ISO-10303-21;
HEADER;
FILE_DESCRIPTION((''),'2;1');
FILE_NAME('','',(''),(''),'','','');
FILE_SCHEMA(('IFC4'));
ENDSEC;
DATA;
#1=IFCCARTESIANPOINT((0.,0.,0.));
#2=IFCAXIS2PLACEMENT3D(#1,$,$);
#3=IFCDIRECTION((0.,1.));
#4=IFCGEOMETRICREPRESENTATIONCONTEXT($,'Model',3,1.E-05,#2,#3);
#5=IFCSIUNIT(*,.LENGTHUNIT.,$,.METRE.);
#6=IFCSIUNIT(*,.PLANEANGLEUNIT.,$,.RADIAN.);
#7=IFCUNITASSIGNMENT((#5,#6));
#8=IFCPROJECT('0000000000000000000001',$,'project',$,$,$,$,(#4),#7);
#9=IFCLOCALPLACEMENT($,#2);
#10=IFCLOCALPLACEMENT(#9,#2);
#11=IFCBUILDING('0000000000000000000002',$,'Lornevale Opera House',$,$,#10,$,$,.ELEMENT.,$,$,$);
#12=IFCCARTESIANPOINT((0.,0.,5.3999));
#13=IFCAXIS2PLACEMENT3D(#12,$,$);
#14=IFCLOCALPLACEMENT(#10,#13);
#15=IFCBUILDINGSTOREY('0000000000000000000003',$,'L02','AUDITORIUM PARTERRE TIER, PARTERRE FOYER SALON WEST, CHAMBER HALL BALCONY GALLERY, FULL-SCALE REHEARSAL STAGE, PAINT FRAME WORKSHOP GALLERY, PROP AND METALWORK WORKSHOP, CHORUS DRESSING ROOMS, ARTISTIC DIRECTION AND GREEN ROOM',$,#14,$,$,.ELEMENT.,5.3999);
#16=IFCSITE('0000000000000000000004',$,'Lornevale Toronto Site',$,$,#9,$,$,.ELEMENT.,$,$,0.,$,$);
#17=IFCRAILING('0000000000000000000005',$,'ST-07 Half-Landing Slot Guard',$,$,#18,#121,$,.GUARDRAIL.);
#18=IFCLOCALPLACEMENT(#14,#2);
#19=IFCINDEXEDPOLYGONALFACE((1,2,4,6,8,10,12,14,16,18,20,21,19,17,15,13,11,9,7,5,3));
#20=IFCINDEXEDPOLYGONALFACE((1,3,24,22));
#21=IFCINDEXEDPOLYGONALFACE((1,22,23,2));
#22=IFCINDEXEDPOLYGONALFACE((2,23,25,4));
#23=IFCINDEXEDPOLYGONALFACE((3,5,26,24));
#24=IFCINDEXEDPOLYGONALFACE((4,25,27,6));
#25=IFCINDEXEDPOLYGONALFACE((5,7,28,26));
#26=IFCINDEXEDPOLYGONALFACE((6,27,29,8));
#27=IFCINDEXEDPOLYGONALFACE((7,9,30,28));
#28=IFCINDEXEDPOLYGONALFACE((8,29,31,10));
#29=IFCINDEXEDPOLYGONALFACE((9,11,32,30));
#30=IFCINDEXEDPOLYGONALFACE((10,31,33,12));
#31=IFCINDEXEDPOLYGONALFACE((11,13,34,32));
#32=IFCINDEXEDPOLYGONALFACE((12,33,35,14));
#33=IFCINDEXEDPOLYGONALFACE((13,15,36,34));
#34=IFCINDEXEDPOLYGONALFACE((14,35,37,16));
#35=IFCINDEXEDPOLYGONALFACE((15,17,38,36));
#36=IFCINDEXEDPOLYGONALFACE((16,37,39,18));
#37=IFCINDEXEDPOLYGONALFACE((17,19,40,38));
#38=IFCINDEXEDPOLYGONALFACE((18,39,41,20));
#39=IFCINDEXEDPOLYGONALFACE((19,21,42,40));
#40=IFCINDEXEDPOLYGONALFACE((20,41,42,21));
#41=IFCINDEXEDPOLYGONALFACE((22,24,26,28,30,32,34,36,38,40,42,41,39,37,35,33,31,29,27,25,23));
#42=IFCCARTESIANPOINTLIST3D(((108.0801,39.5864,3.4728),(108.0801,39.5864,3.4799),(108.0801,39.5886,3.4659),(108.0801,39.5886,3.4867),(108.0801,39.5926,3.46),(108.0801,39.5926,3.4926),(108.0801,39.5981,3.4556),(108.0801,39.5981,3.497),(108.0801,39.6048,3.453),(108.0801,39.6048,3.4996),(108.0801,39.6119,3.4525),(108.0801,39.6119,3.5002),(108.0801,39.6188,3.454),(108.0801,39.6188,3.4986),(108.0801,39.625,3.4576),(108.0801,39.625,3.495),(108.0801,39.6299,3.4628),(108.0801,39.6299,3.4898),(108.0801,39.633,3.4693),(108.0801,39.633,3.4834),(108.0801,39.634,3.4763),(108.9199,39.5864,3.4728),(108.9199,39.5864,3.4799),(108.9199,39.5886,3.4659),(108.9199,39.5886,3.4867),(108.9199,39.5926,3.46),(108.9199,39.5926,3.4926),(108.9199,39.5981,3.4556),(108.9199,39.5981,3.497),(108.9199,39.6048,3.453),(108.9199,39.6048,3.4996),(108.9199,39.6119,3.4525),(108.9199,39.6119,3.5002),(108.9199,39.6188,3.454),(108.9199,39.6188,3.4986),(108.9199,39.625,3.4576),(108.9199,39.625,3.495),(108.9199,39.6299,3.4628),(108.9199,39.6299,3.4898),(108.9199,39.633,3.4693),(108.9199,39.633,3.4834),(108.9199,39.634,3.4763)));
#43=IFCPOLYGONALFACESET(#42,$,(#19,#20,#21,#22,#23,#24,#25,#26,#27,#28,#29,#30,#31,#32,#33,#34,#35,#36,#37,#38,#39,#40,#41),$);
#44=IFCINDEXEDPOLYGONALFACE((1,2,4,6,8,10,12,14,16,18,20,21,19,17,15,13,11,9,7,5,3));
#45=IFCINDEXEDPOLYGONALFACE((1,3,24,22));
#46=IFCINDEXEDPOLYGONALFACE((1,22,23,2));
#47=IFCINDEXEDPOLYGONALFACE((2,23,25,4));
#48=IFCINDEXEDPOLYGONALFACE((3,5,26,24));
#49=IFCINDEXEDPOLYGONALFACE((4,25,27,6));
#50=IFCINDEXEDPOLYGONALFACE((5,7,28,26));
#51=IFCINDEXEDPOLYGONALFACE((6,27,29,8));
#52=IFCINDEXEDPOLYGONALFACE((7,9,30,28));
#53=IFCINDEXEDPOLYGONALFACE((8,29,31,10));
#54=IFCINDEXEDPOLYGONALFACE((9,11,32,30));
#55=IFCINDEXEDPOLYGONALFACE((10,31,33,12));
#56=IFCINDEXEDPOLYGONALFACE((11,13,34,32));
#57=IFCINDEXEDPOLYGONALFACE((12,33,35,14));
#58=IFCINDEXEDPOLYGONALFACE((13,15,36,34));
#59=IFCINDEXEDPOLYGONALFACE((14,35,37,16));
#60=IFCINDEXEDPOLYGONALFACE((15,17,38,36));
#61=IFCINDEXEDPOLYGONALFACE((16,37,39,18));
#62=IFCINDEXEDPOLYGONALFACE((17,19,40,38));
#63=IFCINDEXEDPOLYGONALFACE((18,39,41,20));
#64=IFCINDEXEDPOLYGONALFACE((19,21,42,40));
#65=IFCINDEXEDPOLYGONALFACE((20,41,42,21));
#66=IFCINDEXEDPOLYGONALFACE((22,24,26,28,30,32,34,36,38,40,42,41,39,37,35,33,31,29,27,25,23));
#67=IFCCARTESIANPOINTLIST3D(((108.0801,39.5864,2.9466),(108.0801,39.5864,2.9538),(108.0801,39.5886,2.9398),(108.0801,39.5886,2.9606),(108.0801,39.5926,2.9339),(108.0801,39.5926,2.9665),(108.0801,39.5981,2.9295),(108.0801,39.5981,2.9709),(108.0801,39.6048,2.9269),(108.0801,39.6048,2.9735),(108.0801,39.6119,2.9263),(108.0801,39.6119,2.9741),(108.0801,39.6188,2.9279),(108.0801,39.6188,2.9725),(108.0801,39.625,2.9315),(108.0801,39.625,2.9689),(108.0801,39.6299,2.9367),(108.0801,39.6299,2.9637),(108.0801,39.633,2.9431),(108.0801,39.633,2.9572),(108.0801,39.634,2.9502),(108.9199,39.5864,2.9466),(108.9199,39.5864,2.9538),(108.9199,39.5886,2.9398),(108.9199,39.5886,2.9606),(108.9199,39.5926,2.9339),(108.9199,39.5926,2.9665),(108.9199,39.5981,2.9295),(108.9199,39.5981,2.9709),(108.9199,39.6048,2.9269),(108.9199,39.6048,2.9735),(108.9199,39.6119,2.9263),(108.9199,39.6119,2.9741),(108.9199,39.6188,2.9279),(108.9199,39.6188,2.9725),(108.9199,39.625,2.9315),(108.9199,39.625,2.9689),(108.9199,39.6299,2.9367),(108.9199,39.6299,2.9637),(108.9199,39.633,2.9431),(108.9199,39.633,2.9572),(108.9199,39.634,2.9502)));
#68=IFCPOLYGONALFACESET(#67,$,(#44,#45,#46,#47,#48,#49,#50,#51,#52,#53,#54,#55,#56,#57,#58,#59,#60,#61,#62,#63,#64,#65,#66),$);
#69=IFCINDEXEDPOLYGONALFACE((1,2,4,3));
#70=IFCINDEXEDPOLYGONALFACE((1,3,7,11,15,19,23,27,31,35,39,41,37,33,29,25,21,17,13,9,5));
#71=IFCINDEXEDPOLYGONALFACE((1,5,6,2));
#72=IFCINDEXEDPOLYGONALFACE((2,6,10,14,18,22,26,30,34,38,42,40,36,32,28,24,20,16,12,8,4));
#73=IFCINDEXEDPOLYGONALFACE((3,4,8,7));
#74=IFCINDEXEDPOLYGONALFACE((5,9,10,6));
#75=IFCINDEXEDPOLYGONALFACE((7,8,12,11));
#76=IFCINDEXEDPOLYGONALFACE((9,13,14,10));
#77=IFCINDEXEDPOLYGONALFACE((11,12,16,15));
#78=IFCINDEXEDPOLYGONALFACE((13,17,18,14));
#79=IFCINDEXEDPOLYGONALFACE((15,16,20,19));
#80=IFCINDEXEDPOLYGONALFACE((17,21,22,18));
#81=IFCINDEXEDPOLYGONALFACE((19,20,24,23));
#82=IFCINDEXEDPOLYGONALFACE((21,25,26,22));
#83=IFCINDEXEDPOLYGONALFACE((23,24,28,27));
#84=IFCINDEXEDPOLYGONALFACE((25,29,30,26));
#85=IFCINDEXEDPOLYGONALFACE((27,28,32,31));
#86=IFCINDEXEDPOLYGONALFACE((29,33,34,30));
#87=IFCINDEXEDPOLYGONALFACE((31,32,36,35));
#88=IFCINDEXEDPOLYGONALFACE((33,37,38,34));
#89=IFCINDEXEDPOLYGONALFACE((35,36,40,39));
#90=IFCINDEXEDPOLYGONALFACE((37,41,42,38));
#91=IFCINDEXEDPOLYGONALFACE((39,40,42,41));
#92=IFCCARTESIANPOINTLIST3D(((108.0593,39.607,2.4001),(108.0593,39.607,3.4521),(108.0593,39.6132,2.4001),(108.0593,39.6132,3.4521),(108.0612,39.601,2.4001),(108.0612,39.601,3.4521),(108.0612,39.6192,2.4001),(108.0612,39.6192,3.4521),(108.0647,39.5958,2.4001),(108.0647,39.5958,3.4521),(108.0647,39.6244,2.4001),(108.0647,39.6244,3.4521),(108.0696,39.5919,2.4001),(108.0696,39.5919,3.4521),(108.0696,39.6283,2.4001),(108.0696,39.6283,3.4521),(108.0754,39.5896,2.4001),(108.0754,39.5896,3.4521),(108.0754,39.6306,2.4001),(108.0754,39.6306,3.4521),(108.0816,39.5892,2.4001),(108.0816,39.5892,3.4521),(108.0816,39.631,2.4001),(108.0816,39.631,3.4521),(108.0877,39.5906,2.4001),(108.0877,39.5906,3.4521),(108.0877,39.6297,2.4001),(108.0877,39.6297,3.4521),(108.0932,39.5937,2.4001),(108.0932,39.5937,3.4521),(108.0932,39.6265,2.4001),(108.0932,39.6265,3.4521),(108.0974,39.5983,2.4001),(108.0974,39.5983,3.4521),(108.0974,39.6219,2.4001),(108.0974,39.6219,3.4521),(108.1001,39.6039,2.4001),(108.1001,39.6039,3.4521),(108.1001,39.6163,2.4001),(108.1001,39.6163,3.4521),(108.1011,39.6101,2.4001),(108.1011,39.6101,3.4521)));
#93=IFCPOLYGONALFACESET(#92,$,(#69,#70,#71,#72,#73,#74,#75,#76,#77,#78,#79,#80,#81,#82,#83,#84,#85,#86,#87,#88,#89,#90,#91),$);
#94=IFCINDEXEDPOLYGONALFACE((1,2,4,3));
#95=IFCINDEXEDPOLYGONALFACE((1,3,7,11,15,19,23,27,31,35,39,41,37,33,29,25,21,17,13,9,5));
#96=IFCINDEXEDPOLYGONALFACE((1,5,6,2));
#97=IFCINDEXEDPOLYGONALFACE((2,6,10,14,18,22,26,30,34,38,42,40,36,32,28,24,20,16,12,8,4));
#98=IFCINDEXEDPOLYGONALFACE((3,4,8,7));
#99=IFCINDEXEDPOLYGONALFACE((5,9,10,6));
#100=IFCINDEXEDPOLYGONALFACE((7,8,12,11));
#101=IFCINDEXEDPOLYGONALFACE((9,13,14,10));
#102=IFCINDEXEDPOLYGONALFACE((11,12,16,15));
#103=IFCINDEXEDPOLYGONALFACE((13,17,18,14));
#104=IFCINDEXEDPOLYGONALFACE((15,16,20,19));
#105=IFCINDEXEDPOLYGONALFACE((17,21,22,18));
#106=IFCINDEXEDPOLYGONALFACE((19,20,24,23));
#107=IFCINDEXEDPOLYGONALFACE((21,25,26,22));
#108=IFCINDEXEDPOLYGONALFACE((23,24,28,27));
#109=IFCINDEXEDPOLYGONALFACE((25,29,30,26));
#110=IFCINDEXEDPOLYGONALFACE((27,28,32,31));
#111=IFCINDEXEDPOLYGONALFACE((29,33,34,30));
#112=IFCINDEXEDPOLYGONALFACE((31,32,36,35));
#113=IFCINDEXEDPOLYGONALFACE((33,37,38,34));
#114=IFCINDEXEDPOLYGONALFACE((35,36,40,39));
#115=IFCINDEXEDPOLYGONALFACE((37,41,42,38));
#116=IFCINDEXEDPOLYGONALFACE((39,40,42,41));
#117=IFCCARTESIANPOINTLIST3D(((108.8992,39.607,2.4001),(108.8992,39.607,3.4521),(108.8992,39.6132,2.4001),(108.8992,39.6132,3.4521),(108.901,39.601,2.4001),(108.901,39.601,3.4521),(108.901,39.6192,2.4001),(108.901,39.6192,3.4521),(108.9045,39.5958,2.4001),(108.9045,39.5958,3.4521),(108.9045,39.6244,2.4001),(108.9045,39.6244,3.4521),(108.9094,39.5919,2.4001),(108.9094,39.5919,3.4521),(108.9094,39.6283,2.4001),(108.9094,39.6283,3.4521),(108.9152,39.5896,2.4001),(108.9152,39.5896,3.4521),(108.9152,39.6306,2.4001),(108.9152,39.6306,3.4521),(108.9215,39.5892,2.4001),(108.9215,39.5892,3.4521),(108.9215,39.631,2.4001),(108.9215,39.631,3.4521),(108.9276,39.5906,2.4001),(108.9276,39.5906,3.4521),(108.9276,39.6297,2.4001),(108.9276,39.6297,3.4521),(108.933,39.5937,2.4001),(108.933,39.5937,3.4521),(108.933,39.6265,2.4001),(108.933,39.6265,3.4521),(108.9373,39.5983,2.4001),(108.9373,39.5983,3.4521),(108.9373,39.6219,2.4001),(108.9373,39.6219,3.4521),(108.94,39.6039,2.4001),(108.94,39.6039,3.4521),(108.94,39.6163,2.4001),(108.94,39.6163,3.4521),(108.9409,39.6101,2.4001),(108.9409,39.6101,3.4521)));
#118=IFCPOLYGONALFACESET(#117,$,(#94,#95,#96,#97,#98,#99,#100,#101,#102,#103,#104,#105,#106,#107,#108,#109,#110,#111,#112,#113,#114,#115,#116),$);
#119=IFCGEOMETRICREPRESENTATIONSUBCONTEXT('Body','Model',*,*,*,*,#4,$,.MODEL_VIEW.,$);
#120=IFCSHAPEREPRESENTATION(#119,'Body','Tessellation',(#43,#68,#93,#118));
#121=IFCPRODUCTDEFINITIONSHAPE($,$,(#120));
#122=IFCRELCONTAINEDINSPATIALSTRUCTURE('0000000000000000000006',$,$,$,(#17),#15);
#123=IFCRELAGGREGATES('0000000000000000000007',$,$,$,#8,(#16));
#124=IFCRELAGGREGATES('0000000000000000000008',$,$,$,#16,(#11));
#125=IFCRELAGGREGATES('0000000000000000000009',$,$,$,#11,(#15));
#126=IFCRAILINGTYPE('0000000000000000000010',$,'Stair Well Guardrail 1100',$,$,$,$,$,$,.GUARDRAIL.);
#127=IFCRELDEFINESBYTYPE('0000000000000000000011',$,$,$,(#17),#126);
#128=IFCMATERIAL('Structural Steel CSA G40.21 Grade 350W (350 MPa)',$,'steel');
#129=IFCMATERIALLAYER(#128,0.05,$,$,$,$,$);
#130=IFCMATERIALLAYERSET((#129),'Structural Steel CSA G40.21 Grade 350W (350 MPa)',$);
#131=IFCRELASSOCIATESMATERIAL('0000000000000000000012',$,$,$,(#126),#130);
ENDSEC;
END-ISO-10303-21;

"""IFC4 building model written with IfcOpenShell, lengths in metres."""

from ifc_helpers import new_model, si_unit, direction, frame, origin, origin_2d, place, context, subcontext, project, spatial, circle, extrude, material, layer, layer_set, type_object, element, save


model = new_model("IFC4")

# Units and contexts
model_context = context("Model", 3, precision=1e-05, world=origin(), true_north=direction((0.0, 1.0)))
body_context = subcontext(model_context, "Body", "Model", "MODEL_VIEW")
ifc_project = project(units=[si_unit("LENGTHUNIT", "METRE"), si_unit("PLANEANGLEUNIT", "RADIAN")], contexts=[model_context])

# Site, building, storey
site_placement = place(None, origin())
site = spatial("IfcSite", under=ifc_project, at=site_placement, Name="Lornevale Toronto Site", CompositionType="ELEMENT", RefElevation=0.0)
building_placement = place(site_placement, origin())
building = spatial("IfcBuilding", under=site, at=building_placement, Name="Lornevale Opera House", CompositionType="ELEMENT")
storey_placement = place(building_placement, frame((0.0, 0.0, 5.3999)))
storey = spatial("IfcBuildingStorey", under=building, at=storey_placement, Name="L02", Description="AUDITORIUM PARTERRE TIER, PARTERRE FOYER SALON WEST, CHAMBER HALL BALCONY GALLERY, FULL-SCALE REHEARSAL STAGE, PAINT FRAME WORKSHOP GALLERY, PROP AND METALWORK WORKSHOP, CHORUS DRESSING ROOMS, ARTISTIC DIRECTION AND GREEN ROOM", CompositionType="ELEMENT", Elevation=5.3999)

# Shared definitions
ifc_material_1 = material(Name="Structural Steel CSA G40.21 Grade 350W (350 MPa)", Category="steel")

# Railing
ifc_layer_1 = layer(ifc_material_1, 0.05)
ifc_layer_set_1 = layer_set([ifc_layer_1], Name="Structural Steel CSA G40.21 Grade 350W (350 MPa)")
railing_type_1 = type_object("IfcRailingType", Name="Stair Well Guardrail 1100", PredefinedType="GUARDRAIL", material=ifc_layer_set_1)
railing_1_placement = place(storey_placement, frame((108.0801, 39.6101, 2.4001)))
element("IfcRailing", 1, at=railing_1_placement, inside=storey, type_object=railing_type_1, Name="ST-07 Half-Landing Slot Guard", PredefinedType="GUARDRAIL", context=body_context, shape_type="SweptSolid", body=[
    extrude(circle(Radius=0.0239, at=origin_2d()), frame((0.0, 0.0, 1.0762), z_axis=(1.0, 0.0, 0.0), x_axis=(0.0, 1.0, 0.0)), (0.0, 0.0, 1.0), 0.8398),
    extrude(circle(Radius=0.0239, at=origin_2d()), frame((0.0, 0.0, 0.55), z_axis=(1.0, 0.0, 0.0), x_axis=(0.0, 1.0, 0.0)), (0.0, 0.0, 1.0), 0.8398),
    extrude(circle(Radius=0.021, at=origin_2d()), origin(), (0.0, 0.0, 1.0), 1.052),
    extrude(circle(Radius=0.021, at=origin_2d()), frame((0.8398, 0.0, 0.0)), (0.0, 0.0, 1.0), 1.052),
])

save(model, "model.ifc")
